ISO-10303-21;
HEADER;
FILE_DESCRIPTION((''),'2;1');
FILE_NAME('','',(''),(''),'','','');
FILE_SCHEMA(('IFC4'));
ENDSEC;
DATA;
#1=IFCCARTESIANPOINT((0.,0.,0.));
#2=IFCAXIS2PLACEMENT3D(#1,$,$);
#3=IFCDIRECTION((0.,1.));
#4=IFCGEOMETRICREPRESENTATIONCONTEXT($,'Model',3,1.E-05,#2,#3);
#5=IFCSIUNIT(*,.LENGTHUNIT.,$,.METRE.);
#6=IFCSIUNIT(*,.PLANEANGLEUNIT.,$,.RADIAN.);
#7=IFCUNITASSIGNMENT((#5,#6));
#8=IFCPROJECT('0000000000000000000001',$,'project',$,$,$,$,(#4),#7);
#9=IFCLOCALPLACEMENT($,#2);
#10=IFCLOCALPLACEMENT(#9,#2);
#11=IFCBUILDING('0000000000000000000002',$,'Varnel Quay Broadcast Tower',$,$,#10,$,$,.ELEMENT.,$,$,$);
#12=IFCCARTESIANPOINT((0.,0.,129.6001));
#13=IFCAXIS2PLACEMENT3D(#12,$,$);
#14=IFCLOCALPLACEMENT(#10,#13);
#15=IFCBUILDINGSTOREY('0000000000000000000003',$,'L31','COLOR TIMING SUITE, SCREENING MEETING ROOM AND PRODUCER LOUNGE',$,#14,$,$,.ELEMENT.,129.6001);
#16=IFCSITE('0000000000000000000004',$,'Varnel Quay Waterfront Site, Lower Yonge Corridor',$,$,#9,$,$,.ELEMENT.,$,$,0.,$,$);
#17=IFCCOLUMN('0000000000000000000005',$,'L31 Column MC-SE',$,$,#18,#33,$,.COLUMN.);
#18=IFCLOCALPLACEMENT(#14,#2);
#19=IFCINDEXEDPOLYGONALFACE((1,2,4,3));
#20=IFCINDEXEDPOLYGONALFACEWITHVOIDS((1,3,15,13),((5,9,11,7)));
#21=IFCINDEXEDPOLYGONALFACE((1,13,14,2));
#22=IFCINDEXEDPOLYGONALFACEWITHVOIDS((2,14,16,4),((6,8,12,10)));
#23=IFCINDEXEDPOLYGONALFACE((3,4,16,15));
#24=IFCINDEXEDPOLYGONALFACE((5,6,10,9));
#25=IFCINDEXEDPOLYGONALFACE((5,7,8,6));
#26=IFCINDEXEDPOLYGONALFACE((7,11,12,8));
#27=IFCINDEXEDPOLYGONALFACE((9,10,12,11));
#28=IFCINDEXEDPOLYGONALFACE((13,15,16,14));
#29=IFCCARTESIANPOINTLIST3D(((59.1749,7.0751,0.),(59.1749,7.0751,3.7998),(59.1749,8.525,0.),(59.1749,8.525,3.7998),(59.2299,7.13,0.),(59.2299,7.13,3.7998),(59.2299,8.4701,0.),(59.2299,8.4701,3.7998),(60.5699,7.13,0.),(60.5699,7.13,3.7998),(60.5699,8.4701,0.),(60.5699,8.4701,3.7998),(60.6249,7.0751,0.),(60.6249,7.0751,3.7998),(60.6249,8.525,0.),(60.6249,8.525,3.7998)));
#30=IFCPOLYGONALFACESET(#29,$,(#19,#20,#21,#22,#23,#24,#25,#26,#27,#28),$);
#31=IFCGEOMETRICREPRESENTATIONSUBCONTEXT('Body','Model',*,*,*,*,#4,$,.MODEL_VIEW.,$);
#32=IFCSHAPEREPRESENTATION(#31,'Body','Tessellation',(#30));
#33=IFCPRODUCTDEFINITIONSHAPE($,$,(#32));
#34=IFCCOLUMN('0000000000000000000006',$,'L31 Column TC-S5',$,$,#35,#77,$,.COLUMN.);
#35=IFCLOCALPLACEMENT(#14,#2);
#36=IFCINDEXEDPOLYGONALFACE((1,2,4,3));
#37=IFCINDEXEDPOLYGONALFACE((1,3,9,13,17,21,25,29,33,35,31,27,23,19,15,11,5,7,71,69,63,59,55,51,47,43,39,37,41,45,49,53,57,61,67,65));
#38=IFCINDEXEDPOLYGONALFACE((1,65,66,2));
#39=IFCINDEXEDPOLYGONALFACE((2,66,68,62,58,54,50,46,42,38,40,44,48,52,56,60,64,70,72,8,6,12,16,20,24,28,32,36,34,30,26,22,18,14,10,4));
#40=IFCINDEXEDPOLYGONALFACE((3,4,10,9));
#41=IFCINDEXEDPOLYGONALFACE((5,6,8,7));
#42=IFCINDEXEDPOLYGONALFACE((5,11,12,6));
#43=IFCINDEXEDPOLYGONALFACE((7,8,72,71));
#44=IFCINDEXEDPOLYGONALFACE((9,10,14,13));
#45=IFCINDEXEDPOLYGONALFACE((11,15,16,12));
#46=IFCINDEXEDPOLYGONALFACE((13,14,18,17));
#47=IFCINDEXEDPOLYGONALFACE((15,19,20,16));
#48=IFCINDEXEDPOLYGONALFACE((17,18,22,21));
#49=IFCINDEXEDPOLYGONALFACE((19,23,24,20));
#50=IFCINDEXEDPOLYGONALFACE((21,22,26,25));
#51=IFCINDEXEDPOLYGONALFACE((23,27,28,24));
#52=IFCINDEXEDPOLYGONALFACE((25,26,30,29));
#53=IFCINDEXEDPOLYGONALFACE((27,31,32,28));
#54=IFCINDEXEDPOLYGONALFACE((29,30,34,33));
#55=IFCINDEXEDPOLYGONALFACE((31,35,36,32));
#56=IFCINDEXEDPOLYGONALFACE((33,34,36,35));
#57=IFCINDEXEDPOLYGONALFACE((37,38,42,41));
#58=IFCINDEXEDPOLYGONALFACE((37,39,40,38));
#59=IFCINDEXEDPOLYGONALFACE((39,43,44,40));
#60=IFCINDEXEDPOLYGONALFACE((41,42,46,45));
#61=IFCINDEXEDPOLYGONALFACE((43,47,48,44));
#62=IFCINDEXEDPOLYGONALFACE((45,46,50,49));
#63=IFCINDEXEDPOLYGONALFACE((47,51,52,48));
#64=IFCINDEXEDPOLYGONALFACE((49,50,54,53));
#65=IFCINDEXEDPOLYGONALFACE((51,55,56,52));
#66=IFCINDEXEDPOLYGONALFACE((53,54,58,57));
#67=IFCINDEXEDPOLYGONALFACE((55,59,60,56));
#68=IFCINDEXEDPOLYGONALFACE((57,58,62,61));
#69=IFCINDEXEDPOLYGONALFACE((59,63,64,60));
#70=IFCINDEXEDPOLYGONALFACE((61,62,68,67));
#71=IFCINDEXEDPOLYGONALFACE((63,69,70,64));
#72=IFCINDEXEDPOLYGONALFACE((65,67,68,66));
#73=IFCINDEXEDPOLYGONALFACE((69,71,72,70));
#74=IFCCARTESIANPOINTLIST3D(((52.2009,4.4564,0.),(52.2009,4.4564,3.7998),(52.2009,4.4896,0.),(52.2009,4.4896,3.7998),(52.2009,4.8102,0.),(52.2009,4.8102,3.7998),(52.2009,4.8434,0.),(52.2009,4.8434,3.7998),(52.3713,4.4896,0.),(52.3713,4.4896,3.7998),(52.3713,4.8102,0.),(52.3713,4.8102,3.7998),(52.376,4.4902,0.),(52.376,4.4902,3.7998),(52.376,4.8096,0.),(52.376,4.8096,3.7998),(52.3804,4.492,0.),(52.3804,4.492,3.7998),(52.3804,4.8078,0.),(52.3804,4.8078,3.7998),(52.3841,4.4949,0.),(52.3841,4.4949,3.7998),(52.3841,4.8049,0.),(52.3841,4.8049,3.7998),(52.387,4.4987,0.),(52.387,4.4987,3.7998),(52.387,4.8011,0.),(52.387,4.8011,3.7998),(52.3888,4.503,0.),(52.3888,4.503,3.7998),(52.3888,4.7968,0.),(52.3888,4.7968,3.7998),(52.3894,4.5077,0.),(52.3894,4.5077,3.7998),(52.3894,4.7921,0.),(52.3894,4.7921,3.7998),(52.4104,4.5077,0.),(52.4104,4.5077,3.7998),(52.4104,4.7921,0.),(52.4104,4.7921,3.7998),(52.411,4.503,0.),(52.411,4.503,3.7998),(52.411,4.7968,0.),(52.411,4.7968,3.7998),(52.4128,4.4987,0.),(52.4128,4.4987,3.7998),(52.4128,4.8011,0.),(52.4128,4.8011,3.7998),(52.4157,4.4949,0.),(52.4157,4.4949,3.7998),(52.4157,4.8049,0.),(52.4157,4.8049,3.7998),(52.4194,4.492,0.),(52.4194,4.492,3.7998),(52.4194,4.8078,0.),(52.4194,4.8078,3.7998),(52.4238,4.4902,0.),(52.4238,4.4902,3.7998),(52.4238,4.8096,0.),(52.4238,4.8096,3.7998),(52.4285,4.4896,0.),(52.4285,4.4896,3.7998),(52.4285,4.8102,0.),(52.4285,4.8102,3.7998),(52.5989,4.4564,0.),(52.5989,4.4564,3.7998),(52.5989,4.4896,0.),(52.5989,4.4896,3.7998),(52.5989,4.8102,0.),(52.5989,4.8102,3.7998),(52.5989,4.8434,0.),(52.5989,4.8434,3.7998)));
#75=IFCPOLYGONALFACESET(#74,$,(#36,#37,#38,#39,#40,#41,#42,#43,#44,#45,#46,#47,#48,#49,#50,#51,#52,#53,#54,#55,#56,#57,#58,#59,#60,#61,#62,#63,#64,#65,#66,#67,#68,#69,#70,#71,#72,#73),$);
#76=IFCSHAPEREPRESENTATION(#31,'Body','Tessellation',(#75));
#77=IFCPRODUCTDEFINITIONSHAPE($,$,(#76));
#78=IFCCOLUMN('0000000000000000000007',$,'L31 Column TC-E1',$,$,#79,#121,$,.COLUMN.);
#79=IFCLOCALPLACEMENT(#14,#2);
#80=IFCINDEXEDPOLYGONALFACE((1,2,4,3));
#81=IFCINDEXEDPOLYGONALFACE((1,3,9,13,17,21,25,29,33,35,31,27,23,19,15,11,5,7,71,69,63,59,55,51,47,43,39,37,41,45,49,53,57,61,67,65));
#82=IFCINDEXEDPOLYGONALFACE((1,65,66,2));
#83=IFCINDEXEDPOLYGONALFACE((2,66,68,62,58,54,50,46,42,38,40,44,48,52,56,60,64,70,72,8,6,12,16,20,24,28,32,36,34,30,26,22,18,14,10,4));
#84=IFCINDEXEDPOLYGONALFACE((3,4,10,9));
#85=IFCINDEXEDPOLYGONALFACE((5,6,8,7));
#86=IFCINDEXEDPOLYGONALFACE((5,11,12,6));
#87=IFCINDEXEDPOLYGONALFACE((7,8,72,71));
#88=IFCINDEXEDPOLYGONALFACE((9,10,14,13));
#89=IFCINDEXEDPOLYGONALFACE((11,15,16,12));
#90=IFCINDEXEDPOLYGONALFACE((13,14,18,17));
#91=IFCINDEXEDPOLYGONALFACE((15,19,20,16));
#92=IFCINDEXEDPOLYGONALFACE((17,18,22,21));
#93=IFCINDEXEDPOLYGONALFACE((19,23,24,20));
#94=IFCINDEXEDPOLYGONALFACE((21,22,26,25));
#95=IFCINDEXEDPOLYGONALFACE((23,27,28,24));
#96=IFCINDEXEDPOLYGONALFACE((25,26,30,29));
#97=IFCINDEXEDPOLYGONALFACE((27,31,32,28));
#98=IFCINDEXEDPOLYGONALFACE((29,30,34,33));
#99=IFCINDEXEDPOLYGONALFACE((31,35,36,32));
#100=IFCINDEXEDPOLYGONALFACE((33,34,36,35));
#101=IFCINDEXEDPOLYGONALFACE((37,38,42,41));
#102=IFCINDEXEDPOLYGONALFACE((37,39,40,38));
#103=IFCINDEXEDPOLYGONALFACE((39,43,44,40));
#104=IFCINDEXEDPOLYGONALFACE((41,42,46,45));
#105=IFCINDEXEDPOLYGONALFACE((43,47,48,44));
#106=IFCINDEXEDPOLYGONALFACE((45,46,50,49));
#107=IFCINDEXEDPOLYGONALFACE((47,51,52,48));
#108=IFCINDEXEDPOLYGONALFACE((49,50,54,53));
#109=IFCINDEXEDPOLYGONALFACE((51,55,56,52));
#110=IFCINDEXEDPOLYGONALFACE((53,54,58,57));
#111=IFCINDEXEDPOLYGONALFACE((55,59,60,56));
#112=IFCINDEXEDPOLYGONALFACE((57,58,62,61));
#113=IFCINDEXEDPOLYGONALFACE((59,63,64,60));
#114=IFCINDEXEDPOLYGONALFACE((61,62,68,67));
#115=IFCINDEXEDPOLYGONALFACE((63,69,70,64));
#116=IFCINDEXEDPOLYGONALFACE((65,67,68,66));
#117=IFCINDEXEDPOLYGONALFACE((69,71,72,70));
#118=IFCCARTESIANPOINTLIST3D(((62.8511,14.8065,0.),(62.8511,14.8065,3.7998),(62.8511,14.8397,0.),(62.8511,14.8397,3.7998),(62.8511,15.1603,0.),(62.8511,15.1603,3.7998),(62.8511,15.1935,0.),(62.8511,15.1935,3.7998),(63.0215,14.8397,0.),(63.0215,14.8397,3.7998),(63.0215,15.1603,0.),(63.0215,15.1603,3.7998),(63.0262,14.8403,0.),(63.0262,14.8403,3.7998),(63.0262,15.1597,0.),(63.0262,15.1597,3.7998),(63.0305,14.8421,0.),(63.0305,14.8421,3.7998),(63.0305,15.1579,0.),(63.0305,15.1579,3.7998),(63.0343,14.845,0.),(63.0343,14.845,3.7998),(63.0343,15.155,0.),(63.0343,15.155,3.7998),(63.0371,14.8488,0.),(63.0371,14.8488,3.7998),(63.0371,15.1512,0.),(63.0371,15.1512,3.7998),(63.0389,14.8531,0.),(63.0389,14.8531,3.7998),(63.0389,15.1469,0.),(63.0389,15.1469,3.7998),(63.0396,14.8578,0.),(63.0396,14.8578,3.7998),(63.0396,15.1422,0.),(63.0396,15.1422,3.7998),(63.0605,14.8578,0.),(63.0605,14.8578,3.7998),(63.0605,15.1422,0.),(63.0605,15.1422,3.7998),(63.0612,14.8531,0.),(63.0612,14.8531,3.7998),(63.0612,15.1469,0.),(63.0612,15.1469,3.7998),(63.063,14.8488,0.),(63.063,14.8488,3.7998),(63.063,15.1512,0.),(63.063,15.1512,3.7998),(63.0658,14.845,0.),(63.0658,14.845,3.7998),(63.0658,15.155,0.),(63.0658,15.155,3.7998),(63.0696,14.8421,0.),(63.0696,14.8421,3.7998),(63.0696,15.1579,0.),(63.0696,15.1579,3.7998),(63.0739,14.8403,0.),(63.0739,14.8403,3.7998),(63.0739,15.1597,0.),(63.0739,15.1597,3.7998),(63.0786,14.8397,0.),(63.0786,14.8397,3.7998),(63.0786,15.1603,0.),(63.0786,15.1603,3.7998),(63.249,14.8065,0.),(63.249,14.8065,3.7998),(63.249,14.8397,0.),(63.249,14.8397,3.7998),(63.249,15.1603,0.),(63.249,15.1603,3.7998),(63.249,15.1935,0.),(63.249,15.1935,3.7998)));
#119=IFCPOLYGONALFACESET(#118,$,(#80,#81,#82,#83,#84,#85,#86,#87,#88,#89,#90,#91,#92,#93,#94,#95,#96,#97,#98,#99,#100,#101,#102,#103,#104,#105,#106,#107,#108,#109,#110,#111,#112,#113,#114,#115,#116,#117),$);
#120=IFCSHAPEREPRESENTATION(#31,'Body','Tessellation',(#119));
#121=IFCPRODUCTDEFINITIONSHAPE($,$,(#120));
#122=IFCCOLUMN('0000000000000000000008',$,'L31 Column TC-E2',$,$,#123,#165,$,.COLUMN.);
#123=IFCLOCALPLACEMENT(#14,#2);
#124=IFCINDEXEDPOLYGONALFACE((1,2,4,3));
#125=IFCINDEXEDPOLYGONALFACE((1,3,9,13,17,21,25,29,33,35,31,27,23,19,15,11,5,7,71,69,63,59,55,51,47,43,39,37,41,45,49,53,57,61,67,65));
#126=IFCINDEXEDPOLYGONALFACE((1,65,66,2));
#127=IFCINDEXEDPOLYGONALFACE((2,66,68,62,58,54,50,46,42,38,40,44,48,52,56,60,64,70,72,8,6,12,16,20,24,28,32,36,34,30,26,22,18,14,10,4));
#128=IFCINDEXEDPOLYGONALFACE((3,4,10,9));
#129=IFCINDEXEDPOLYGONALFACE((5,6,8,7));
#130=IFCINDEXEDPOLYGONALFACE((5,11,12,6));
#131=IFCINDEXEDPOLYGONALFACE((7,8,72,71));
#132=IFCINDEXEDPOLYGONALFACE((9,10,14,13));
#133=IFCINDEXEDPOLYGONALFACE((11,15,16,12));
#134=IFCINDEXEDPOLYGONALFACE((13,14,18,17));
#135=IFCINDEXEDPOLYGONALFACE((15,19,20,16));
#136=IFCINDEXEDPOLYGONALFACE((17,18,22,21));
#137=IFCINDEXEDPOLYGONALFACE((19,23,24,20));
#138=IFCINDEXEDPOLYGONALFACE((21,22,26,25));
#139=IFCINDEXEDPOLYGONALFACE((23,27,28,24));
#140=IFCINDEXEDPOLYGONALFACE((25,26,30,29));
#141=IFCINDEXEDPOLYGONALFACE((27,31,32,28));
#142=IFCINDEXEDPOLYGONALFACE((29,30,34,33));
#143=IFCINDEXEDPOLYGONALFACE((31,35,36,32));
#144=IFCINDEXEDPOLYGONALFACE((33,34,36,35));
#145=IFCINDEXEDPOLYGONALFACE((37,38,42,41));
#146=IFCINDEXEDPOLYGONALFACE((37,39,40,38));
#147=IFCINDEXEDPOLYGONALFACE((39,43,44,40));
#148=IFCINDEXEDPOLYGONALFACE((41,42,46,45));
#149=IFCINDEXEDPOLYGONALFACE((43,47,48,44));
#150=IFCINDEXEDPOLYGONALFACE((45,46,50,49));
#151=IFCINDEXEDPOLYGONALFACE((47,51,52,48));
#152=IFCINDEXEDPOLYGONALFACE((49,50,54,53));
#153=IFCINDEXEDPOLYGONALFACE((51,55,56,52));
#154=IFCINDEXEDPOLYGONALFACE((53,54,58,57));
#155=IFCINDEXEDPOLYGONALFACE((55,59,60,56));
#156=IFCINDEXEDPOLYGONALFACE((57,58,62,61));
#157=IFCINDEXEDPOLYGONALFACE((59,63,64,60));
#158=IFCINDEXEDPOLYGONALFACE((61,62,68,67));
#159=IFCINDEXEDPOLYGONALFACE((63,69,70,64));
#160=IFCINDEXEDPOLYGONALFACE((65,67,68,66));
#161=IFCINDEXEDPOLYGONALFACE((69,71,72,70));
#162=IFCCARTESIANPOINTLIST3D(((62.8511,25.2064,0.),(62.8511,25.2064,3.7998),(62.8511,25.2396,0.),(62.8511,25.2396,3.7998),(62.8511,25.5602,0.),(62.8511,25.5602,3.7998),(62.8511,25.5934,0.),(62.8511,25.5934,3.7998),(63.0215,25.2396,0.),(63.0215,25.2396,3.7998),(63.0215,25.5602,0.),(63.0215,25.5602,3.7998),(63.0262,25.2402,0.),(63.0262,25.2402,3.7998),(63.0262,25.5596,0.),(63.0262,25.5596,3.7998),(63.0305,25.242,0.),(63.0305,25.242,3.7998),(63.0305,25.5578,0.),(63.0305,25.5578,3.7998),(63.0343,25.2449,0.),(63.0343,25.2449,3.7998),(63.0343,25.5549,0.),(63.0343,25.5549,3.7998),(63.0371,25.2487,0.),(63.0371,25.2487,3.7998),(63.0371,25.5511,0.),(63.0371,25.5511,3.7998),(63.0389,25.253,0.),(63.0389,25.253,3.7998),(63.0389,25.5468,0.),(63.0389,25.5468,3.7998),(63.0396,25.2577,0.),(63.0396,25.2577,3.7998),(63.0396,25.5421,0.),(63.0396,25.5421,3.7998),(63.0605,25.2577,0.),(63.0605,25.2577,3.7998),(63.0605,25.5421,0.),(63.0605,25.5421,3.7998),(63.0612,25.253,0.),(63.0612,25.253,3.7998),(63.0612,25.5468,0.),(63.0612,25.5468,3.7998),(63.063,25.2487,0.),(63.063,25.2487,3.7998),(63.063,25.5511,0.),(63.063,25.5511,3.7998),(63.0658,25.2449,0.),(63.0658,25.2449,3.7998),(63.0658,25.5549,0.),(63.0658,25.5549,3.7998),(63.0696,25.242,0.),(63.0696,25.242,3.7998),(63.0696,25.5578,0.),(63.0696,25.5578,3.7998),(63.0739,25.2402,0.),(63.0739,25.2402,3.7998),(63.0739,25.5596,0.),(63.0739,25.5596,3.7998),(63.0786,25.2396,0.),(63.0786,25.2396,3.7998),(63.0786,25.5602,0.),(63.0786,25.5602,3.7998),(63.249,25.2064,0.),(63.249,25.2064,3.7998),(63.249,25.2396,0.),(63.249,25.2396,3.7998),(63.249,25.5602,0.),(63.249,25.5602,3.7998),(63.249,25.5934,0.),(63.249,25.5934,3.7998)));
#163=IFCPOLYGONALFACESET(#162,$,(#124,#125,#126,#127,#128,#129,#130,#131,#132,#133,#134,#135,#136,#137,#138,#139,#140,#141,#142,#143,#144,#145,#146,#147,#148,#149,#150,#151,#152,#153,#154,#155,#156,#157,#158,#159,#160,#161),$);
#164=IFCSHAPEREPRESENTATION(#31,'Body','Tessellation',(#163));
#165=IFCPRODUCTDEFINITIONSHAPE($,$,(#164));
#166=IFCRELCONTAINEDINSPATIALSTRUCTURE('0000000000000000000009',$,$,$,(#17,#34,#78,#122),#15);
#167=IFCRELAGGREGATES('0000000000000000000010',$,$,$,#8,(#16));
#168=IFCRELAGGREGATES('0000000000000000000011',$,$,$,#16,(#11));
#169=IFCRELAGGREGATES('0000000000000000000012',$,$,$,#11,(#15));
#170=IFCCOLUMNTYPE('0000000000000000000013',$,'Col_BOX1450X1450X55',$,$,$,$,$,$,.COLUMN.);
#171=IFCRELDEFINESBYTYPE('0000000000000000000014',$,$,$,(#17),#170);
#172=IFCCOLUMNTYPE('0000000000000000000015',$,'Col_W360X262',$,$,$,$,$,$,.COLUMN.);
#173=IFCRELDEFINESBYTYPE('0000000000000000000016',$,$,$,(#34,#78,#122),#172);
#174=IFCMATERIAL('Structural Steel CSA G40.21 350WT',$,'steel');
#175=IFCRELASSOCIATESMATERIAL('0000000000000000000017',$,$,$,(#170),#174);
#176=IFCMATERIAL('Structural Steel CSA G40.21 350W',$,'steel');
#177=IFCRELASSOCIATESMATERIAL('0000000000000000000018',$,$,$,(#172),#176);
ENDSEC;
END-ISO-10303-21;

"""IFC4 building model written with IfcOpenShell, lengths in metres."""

from ifc_helpers import new_model, si_unit, direction, frame, origin, origin_2d, place, context, subcontext, project, spatial, hollow_rectangle, i_section, extrude, source, transform, mapped, material, material_profile, profile_set, type_object, type_shapes, element, save


model = new_model("IFC4")

# Units and contexts
model_context = context("Model", 3, precision=1e-05, world=origin(), true_north=direction((0.0, 1.0)))
body_context = subcontext(model_context, "Body", "Model", "MODEL_VIEW")
ifc_project = project(units=[si_unit("LENGTHUNIT", "METRE"), si_unit("PLANEANGLEUNIT", "RADIAN")], contexts=[model_context])

# Site, building, storey
site_placement = place(None, origin())
site = spatial("IfcSite", under=ifc_project, at=site_placement, Name="Varnel Quay Waterfront Site, Lower Yonge Corridor", CompositionType="ELEMENT", RefElevation=0.0)
building_placement = place(site_placement, origin())
building = spatial("IfcBuilding", under=site, at=building_placement, Name="Varnel Quay Broadcast Tower", CompositionType="ELEMENT")
storey_placement = place(building_placement, frame((0.0, 0.0, 129.6001)))
storey = spatial("IfcBuildingStorey", under=building, at=storey_placement, Name="L31", Description="COLOR TIMING SUITE, SCREENING MEETING ROOM AND PRODUCER LOUNGE", CompositionType="ELEMENT", Elevation=129.6001)

# Columns
ifc_material_1 = material(Name="Structural Steel CSA G40.21 350WT", Category="steel")
ifc_material_profile_1 = material_profile(ifc_material_1, hollow_rectangle(XDim=1.45, YDim=1.45, WallThickness=0.0549, at=origin_2d()), Name="BOX1450X1450X55")
ifc_profile_set_1 = profile_set([ifc_material_profile_1], Name="Structural Steel CSA G40.21 350WT")
column_type_1 = type_object("IfcColumnType", Name="Col_BOX1450X1450X55", PredefinedType="COLUMN", material=ifc_profile_set_1)
shared_shape_1 = source(origin(), body_context, "Body", "SweptSolid", [
    extrude(hollow_rectangle(XDim=1.45, YDim=1.45, WallThickness=0.0549, at=origin_2d()), origin(), (0.0, 0.0, 1.0), 3.7998),
])
type_shapes(column_type_1, [shared_shape_1])
column_placement = place(storey_placement, frame((59.8999, 7.8, 0.0), z_axis=(0.0, 0.0, 1.0), x_axis=(1.0, 0.0, 0.0)))
element("IfcColumn", 1, at=column_placement, inside=storey, type_object=column_type_1, Name="L31 Column MC-SE", PredefinedType="COLUMN", context=body_context, shape_type="MappedRepresentation", body=[
    mapped(shared_shape_1, transform((0.0, 0.0, 0.0), x_axis=(1.0, 0.0, 0.0), y_axis=(0.0, 1.0, 0.0), z_axis=(0.0, 0.0, 1.0), scale=1.0)),
])
ifc_material_2 = material(Name="Structural Steel CSA G40.21 350W", Category="steel")
ifc_material_profile_2 = material_profile(ifc_material_2, i_section(OverallWidth=0.3979, OverallDepth=0.387, WebThickness=0.021, FlangeThickness=0.0332, FilletRadius=0.0181, at=origin_2d()), Name="W360X262")
ifc_profile_set_2 = profile_set([ifc_material_profile_2], Name="Structural Steel CSA G40.21 350W")
column_type_2 = type_object("IfcColumnType", Name="Col_W360X262", PredefinedType="COLUMN", material=ifc_profile_set_2)
shared_shape_2 = source(origin(), body_context, "Body", "SweptSolid", [
    extrude(i_section(OverallWidth=0.3979, OverallDepth=0.387, WebThickness=0.021, FlangeThickness=0.0332, FilletRadius=0.0181, at=origin_2d()), origin(), (0.0, 0.0, 1.0), 3.7998),
])
type_shapes(column_type_2, [shared_shape_2])
for number, where, z_axis, x_axis, name in (
    (2, (52.3999, 4.6499, 0.0), (0.0, 0.0, 1.0), (1.0, 0.0, 0.0), "L31 Column TC-S5"),
    (3, (63.05, 15.0, 0.0), (0.0, 0.0, 1.0), (1.0, 0.0, 0.0), "L31 Column TC-E1"),
    (4, (63.05, 25.3999, 0.0), (0.0, 0.0, 1.0), (1.0, 0.0, 0.0), "L31 Column TC-E2"),
):
    element("IfcColumn", number, at=place(storey_placement, frame(where, z_axis=z_axis, x_axis=x_axis)), inside=storey, type_object=column_type_2, Name=name, PredefinedType="COLUMN", context=body_context, shape_type="MappedRepresentation", body=[
        mapped(shared_shape_2, transform((0.0, 0.0, 0.0), x_axis=(1.0, 0.0, 0.0), y_axis=(0.0, 1.0, 0.0), z_axis=(0.0, 0.0, 1.0), scale=1.0)),
    ])

save(model, "model.ifc")
